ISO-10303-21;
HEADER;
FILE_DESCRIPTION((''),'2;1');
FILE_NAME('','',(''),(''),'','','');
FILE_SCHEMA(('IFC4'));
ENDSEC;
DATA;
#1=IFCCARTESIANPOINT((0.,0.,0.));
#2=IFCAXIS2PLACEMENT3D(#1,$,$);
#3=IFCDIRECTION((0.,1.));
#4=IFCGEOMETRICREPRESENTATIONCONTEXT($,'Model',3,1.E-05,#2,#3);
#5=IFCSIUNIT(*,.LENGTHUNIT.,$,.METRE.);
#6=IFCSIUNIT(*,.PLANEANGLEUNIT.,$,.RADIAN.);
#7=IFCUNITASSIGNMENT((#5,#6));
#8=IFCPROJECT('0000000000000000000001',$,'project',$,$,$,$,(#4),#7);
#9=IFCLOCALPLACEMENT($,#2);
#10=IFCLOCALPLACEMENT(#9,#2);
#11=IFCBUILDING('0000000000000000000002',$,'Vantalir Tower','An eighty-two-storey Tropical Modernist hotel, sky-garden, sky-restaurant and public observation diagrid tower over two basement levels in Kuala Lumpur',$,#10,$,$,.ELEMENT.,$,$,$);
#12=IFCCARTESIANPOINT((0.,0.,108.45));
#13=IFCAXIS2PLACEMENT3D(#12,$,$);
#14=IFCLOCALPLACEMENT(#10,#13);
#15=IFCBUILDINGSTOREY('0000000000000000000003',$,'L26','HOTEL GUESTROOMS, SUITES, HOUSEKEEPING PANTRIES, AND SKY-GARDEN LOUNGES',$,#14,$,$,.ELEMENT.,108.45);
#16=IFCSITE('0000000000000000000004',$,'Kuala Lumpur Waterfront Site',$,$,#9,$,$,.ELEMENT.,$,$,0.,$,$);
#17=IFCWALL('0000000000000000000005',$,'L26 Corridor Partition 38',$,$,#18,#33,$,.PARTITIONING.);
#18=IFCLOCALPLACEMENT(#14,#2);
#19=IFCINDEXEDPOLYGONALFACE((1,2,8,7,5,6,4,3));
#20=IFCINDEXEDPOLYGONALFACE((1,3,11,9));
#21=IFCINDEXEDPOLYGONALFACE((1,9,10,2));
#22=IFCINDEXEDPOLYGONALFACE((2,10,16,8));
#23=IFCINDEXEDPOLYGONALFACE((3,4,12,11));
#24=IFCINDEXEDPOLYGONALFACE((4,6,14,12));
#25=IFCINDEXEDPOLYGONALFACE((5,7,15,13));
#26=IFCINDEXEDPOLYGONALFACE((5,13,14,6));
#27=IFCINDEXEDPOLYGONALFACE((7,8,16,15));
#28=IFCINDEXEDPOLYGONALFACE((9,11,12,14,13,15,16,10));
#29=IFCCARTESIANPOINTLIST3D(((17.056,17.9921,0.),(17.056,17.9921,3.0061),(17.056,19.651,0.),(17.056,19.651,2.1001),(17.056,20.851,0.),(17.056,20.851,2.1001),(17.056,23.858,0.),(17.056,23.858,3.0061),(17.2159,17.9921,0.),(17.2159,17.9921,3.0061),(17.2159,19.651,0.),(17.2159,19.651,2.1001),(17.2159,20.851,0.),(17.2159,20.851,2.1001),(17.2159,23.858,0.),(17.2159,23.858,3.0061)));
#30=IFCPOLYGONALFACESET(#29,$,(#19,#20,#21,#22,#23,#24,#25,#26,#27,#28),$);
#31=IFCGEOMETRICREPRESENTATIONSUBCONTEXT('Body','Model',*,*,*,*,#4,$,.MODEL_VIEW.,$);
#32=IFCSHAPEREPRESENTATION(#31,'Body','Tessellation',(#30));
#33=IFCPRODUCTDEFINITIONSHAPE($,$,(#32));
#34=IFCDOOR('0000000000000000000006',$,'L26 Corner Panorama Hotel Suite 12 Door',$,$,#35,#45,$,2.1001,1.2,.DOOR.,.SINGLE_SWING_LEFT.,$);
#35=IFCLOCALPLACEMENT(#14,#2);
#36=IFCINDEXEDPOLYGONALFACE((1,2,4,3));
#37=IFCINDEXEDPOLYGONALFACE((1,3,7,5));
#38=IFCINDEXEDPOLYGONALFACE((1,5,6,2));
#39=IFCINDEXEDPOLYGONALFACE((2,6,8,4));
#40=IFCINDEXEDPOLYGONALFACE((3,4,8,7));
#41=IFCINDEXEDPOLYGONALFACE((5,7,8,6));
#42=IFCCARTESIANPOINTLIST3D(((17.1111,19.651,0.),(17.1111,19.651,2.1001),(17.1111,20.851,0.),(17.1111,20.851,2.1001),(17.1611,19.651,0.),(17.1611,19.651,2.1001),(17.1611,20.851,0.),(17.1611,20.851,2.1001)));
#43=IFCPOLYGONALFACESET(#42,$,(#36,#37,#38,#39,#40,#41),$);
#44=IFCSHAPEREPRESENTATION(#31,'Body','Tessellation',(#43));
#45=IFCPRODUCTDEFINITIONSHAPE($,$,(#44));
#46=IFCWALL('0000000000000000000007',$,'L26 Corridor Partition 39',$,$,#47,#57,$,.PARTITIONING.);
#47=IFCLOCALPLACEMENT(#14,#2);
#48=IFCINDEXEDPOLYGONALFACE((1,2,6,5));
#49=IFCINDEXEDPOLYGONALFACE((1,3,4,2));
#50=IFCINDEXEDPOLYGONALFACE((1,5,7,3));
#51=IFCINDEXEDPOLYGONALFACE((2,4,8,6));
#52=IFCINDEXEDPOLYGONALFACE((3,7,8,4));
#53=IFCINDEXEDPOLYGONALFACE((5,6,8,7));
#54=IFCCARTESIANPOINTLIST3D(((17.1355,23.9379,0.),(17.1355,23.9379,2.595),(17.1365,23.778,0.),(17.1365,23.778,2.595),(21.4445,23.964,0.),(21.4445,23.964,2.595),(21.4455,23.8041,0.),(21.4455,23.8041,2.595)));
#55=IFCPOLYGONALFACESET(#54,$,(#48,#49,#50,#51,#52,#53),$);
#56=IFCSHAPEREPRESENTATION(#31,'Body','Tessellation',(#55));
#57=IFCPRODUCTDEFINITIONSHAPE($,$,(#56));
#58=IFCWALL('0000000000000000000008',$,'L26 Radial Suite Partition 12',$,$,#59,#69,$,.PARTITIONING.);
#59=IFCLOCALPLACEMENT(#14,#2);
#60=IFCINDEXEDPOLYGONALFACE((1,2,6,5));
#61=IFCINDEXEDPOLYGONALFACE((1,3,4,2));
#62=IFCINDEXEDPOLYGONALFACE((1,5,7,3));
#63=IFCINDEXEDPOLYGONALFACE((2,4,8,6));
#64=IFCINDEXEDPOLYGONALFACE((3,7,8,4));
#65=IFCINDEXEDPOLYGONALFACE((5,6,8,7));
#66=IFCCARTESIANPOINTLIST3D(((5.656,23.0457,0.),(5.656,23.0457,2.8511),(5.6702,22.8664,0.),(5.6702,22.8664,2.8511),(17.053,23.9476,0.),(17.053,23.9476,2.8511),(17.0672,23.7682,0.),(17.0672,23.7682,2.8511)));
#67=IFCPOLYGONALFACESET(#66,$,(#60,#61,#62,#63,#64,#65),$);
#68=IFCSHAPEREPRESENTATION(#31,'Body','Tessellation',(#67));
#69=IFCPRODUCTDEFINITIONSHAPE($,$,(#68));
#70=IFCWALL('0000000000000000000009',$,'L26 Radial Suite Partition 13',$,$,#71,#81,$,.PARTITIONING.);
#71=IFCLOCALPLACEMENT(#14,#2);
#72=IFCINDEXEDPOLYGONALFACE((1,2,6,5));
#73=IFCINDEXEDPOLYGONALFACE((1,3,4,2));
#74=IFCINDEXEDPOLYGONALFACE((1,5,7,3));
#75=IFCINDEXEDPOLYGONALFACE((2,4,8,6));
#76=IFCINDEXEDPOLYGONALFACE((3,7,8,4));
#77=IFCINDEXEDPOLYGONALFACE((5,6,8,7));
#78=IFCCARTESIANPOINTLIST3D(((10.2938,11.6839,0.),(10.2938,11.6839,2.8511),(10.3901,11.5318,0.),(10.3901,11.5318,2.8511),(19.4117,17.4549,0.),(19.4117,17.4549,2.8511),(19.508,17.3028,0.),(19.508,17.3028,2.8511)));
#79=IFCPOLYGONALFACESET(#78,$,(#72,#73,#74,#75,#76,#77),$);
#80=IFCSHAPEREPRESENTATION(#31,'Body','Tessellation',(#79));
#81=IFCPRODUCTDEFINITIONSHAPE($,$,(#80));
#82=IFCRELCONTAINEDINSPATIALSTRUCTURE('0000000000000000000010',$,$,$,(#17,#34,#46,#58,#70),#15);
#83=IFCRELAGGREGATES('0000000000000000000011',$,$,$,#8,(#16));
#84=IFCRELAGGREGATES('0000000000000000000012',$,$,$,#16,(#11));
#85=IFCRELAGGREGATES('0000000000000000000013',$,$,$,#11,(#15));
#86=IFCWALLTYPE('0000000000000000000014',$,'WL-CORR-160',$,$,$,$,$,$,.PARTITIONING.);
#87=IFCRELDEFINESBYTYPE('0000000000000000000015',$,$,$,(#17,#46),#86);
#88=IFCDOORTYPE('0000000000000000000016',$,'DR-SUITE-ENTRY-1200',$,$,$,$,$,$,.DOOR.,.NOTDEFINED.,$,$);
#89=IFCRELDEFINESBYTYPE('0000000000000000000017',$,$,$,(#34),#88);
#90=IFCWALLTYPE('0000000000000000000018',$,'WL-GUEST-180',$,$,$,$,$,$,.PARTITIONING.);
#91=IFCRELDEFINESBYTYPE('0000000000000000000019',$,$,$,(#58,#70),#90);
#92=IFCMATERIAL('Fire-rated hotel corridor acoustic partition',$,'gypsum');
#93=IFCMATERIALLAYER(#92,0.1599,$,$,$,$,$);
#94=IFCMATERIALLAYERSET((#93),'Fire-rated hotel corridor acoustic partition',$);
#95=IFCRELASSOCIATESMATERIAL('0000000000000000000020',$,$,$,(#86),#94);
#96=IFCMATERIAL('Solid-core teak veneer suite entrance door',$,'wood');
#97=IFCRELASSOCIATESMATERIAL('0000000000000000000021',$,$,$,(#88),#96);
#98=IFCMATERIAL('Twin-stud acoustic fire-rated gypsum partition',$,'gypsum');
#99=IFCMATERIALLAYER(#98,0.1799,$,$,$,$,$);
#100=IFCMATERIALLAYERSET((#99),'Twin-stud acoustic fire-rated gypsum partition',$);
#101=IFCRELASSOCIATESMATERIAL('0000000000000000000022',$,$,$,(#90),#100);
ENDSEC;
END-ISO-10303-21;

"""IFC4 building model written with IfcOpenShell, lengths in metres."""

from ifc_helpers import new_model, si_unit, direction, frame, frame_2d, origin, place, context, subcontext, project, spatial, rectangle, extrude, material, layer, layer_set, type_object, element, fill, save


model = new_model("IFC4")

# Units and contexts
model_context = context("Model", 3, precision=1e-05, world=origin(), true_north=direction((0.0, 1.0)))
body_context = subcontext(model_context, "Body", "Model", "MODEL_VIEW")
ifc_project = project(units=[si_unit("LENGTHUNIT", "METRE"), si_unit("PLANEANGLEUNIT", "RADIAN")], contexts=[model_context])

# Site, building, storey
site_placement = place(None, origin())
site = spatial("IfcSite", under=ifc_project, at=site_placement, Name="Kuala Lumpur Waterfront Site", CompositionType="ELEMENT", RefElevation=0.0)
building_placement = place(site_placement, origin())
building = spatial("IfcBuilding", under=site, at=building_placement, Name="Vantalir Tower", Description="An eighty-two-storey Tropical Modernist hotel, sky-garden, sky-restaurant and public observation diagrid tower over two basement levels in Kuala Lumpur", CompositionType="ELEMENT")
storey_placement = place(building_placement, frame((0.0, 0.0, 108.45)))
storey = spatial("IfcBuildingStorey", under=building, at=storey_placement, Name="L26", Description="HOTEL GUESTROOMS, SUITES, HOUSEKEEPING PANTRIES, AND SKY-GARDEN LOUNGES", CompositionType="ELEMENT", Elevation=108.45)

# Wall, opening, door
ifc_material_1 = material(Name="Fire-rated hotel corridor acoustic partition", Category="gypsum")
ifc_layer_1 = layer(ifc_material_1, 0.1599)
ifc_layer_set_1 = layer_set([ifc_layer_1], Name="Fire-rated hotel corridor acoustic partition")
wall_type_1 = type_object("IfcWallType", Name="WL-CORR-160", PredefinedType="PARTITIONING", material=ifc_layer_set_1)
wall_1_placement = place(storey_placement, frame((17.136, 17.9919, 0.0), z_axis=(0.0, 0.0, 1.0), x_axis=(0.0, 1.0, 0.0)))
wall_1 = element("IfcWall", 1, at=wall_1_placement, inside=storey, type_object=wall_type_1, Name="L26 Corridor Partition 38", PredefinedType="PARTITIONING", context=body_context, shape_type="SweptSolid", body=[
    extrude(rectangle(XDim=5.866, YDim=0.1599, at=frame_2d((2.9331, 0.0))), origin(), (0.0, 0.0, 1.0), 3.0061),
])
opening_1_placement = place(wall_1_placement, frame((1.6589, 0.0, 0.0)))
opening_1 = element("IfcOpeningElement", 2, at=opening_1_placement, cuts=wall_1, PredefinedType="OPENING", context=body_context, shape_type="SweptSolid", body=[
    extrude(rectangle(XDim=1.2, YDim=2.1001, at=frame_2d((0.6001, 1.05))), frame((0.0, 0.0898, 0.0), z_axis=(0.0, -1.0, 0.0), x_axis=(1.0, 0.0, 0.0)), (0.0, 0.0, 1.0), 0.1799),
])
ifc_material_2 = material(Name="Solid-core teak veneer suite entrance door", Category="wood")
door_type_1 = type_object("IfcDoorType", Name="DR-SUITE-ENTRY-1200", OperationType="NOTDEFINED", PredefinedType="DOOR", material=ifc_material_2)
door_1_placement = place(opening_1_placement, origin())
door_1 = element("IfcDoor", 3, at=door_1_placement, inside=storey, type_object=door_type_1, Name="L26 Corner Panorama Hotel Suite 12 Door", OperationType="SINGLE_SWING_LEFT", OverallHeight=2.1001, OverallWidth=1.2, PredefinedType="DOOR", context=body_context, shape_type="SweptSolid", body=[
    extrude(rectangle(XDim=1.2, YDim=2.1001, at=frame_2d((0.6001, 1.05))), frame((0.0, 0.0249, 0.0), z_axis=(0.0, -1.0, 0.0), x_axis=(1.0, 0.0, 0.0)), (0.0, 0.0, 1.0), 0.05),
])
fill(opening_1, door_1)

# Walls
wall_2_placement = place(storey_placement, frame((17.136, 23.8579, 0.0), z_axis=(0.0, 0.0, 1.0), x_axis=(0.999982, 0.006062, 0.0)))
element("IfcWall", 4, at=wall_2_placement, inside=storey, type_object=wall_type_1, Name="L26 Corridor Partition 39", PredefinedType="PARTITIONING", context=body_context, shape_type="SweptSolid", body=[
    extrude(rectangle(XDim=4.3091, YDim=0.1599, at=frame_2d((2.1545, 0.0))), origin(), (0.0, 0.0, 1.0), 2.595),
])
ifc_material_3 = material(Name="Twin-stud acoustic fire-rated gypsum partition", Category="gypsum")
ifc_layer_2 = layer(ifc_material_3, 0.1799)
ifc_layer_set_2 = layer_set([ifc_layer_2], Name="Twin-stud acoustic fire-rated gypsum partition")
wall_type_2 = type_object("IfcWallType", Name="WL-GUEST-180", PredefinedType="PARTITIONING", material=ifc_layer_set_2)
wall_3_placement = place(storey_placement, frame((17.0601, 23.8579, 0.0), z_axis=(0.0, 0.0, 1.0), x_axis=(-0.996884, -0.078885, 0.0)))
element("IfcWall", 5, at=wall_3_placement, inside=storey, type_object=wall_type_2, Name="L26 Radial Suite Partition 12", PredefinedType="PARTITIONING", context=body_context, shape_type="SweptSolid", body=[
    extrude(rectangle(XDim=11.4326, YDim=0.1799, at=frame_2d((5.7163, 0.0))), origin(), (0.0, 0.0, 1.0), 2.8511),
])
wall_4_placement = place(storey_placement, frame((19.46, 17.3789, 0.0), z_axis=(0.0, 0.0, 1.0), x_axis=(-0.844973, -0.534808, 0.0)))
element("IfcWall", 6, at=wall_4_placement, inside=storey, type_object=wall_type_2, Name="L26 Radial Suite Partition 13", PredefinedType="PARTITIONING", context=body_context, shape_type="SweptSolid", body=[
    extrude(rectangle(XDim=10.7908, YDim=0.1799, at=frame_2d((5.3955, 0.0))), origin(), (0.0, 0.0, 1.0), 2.8511),
])

save(model, "model.ifc")
